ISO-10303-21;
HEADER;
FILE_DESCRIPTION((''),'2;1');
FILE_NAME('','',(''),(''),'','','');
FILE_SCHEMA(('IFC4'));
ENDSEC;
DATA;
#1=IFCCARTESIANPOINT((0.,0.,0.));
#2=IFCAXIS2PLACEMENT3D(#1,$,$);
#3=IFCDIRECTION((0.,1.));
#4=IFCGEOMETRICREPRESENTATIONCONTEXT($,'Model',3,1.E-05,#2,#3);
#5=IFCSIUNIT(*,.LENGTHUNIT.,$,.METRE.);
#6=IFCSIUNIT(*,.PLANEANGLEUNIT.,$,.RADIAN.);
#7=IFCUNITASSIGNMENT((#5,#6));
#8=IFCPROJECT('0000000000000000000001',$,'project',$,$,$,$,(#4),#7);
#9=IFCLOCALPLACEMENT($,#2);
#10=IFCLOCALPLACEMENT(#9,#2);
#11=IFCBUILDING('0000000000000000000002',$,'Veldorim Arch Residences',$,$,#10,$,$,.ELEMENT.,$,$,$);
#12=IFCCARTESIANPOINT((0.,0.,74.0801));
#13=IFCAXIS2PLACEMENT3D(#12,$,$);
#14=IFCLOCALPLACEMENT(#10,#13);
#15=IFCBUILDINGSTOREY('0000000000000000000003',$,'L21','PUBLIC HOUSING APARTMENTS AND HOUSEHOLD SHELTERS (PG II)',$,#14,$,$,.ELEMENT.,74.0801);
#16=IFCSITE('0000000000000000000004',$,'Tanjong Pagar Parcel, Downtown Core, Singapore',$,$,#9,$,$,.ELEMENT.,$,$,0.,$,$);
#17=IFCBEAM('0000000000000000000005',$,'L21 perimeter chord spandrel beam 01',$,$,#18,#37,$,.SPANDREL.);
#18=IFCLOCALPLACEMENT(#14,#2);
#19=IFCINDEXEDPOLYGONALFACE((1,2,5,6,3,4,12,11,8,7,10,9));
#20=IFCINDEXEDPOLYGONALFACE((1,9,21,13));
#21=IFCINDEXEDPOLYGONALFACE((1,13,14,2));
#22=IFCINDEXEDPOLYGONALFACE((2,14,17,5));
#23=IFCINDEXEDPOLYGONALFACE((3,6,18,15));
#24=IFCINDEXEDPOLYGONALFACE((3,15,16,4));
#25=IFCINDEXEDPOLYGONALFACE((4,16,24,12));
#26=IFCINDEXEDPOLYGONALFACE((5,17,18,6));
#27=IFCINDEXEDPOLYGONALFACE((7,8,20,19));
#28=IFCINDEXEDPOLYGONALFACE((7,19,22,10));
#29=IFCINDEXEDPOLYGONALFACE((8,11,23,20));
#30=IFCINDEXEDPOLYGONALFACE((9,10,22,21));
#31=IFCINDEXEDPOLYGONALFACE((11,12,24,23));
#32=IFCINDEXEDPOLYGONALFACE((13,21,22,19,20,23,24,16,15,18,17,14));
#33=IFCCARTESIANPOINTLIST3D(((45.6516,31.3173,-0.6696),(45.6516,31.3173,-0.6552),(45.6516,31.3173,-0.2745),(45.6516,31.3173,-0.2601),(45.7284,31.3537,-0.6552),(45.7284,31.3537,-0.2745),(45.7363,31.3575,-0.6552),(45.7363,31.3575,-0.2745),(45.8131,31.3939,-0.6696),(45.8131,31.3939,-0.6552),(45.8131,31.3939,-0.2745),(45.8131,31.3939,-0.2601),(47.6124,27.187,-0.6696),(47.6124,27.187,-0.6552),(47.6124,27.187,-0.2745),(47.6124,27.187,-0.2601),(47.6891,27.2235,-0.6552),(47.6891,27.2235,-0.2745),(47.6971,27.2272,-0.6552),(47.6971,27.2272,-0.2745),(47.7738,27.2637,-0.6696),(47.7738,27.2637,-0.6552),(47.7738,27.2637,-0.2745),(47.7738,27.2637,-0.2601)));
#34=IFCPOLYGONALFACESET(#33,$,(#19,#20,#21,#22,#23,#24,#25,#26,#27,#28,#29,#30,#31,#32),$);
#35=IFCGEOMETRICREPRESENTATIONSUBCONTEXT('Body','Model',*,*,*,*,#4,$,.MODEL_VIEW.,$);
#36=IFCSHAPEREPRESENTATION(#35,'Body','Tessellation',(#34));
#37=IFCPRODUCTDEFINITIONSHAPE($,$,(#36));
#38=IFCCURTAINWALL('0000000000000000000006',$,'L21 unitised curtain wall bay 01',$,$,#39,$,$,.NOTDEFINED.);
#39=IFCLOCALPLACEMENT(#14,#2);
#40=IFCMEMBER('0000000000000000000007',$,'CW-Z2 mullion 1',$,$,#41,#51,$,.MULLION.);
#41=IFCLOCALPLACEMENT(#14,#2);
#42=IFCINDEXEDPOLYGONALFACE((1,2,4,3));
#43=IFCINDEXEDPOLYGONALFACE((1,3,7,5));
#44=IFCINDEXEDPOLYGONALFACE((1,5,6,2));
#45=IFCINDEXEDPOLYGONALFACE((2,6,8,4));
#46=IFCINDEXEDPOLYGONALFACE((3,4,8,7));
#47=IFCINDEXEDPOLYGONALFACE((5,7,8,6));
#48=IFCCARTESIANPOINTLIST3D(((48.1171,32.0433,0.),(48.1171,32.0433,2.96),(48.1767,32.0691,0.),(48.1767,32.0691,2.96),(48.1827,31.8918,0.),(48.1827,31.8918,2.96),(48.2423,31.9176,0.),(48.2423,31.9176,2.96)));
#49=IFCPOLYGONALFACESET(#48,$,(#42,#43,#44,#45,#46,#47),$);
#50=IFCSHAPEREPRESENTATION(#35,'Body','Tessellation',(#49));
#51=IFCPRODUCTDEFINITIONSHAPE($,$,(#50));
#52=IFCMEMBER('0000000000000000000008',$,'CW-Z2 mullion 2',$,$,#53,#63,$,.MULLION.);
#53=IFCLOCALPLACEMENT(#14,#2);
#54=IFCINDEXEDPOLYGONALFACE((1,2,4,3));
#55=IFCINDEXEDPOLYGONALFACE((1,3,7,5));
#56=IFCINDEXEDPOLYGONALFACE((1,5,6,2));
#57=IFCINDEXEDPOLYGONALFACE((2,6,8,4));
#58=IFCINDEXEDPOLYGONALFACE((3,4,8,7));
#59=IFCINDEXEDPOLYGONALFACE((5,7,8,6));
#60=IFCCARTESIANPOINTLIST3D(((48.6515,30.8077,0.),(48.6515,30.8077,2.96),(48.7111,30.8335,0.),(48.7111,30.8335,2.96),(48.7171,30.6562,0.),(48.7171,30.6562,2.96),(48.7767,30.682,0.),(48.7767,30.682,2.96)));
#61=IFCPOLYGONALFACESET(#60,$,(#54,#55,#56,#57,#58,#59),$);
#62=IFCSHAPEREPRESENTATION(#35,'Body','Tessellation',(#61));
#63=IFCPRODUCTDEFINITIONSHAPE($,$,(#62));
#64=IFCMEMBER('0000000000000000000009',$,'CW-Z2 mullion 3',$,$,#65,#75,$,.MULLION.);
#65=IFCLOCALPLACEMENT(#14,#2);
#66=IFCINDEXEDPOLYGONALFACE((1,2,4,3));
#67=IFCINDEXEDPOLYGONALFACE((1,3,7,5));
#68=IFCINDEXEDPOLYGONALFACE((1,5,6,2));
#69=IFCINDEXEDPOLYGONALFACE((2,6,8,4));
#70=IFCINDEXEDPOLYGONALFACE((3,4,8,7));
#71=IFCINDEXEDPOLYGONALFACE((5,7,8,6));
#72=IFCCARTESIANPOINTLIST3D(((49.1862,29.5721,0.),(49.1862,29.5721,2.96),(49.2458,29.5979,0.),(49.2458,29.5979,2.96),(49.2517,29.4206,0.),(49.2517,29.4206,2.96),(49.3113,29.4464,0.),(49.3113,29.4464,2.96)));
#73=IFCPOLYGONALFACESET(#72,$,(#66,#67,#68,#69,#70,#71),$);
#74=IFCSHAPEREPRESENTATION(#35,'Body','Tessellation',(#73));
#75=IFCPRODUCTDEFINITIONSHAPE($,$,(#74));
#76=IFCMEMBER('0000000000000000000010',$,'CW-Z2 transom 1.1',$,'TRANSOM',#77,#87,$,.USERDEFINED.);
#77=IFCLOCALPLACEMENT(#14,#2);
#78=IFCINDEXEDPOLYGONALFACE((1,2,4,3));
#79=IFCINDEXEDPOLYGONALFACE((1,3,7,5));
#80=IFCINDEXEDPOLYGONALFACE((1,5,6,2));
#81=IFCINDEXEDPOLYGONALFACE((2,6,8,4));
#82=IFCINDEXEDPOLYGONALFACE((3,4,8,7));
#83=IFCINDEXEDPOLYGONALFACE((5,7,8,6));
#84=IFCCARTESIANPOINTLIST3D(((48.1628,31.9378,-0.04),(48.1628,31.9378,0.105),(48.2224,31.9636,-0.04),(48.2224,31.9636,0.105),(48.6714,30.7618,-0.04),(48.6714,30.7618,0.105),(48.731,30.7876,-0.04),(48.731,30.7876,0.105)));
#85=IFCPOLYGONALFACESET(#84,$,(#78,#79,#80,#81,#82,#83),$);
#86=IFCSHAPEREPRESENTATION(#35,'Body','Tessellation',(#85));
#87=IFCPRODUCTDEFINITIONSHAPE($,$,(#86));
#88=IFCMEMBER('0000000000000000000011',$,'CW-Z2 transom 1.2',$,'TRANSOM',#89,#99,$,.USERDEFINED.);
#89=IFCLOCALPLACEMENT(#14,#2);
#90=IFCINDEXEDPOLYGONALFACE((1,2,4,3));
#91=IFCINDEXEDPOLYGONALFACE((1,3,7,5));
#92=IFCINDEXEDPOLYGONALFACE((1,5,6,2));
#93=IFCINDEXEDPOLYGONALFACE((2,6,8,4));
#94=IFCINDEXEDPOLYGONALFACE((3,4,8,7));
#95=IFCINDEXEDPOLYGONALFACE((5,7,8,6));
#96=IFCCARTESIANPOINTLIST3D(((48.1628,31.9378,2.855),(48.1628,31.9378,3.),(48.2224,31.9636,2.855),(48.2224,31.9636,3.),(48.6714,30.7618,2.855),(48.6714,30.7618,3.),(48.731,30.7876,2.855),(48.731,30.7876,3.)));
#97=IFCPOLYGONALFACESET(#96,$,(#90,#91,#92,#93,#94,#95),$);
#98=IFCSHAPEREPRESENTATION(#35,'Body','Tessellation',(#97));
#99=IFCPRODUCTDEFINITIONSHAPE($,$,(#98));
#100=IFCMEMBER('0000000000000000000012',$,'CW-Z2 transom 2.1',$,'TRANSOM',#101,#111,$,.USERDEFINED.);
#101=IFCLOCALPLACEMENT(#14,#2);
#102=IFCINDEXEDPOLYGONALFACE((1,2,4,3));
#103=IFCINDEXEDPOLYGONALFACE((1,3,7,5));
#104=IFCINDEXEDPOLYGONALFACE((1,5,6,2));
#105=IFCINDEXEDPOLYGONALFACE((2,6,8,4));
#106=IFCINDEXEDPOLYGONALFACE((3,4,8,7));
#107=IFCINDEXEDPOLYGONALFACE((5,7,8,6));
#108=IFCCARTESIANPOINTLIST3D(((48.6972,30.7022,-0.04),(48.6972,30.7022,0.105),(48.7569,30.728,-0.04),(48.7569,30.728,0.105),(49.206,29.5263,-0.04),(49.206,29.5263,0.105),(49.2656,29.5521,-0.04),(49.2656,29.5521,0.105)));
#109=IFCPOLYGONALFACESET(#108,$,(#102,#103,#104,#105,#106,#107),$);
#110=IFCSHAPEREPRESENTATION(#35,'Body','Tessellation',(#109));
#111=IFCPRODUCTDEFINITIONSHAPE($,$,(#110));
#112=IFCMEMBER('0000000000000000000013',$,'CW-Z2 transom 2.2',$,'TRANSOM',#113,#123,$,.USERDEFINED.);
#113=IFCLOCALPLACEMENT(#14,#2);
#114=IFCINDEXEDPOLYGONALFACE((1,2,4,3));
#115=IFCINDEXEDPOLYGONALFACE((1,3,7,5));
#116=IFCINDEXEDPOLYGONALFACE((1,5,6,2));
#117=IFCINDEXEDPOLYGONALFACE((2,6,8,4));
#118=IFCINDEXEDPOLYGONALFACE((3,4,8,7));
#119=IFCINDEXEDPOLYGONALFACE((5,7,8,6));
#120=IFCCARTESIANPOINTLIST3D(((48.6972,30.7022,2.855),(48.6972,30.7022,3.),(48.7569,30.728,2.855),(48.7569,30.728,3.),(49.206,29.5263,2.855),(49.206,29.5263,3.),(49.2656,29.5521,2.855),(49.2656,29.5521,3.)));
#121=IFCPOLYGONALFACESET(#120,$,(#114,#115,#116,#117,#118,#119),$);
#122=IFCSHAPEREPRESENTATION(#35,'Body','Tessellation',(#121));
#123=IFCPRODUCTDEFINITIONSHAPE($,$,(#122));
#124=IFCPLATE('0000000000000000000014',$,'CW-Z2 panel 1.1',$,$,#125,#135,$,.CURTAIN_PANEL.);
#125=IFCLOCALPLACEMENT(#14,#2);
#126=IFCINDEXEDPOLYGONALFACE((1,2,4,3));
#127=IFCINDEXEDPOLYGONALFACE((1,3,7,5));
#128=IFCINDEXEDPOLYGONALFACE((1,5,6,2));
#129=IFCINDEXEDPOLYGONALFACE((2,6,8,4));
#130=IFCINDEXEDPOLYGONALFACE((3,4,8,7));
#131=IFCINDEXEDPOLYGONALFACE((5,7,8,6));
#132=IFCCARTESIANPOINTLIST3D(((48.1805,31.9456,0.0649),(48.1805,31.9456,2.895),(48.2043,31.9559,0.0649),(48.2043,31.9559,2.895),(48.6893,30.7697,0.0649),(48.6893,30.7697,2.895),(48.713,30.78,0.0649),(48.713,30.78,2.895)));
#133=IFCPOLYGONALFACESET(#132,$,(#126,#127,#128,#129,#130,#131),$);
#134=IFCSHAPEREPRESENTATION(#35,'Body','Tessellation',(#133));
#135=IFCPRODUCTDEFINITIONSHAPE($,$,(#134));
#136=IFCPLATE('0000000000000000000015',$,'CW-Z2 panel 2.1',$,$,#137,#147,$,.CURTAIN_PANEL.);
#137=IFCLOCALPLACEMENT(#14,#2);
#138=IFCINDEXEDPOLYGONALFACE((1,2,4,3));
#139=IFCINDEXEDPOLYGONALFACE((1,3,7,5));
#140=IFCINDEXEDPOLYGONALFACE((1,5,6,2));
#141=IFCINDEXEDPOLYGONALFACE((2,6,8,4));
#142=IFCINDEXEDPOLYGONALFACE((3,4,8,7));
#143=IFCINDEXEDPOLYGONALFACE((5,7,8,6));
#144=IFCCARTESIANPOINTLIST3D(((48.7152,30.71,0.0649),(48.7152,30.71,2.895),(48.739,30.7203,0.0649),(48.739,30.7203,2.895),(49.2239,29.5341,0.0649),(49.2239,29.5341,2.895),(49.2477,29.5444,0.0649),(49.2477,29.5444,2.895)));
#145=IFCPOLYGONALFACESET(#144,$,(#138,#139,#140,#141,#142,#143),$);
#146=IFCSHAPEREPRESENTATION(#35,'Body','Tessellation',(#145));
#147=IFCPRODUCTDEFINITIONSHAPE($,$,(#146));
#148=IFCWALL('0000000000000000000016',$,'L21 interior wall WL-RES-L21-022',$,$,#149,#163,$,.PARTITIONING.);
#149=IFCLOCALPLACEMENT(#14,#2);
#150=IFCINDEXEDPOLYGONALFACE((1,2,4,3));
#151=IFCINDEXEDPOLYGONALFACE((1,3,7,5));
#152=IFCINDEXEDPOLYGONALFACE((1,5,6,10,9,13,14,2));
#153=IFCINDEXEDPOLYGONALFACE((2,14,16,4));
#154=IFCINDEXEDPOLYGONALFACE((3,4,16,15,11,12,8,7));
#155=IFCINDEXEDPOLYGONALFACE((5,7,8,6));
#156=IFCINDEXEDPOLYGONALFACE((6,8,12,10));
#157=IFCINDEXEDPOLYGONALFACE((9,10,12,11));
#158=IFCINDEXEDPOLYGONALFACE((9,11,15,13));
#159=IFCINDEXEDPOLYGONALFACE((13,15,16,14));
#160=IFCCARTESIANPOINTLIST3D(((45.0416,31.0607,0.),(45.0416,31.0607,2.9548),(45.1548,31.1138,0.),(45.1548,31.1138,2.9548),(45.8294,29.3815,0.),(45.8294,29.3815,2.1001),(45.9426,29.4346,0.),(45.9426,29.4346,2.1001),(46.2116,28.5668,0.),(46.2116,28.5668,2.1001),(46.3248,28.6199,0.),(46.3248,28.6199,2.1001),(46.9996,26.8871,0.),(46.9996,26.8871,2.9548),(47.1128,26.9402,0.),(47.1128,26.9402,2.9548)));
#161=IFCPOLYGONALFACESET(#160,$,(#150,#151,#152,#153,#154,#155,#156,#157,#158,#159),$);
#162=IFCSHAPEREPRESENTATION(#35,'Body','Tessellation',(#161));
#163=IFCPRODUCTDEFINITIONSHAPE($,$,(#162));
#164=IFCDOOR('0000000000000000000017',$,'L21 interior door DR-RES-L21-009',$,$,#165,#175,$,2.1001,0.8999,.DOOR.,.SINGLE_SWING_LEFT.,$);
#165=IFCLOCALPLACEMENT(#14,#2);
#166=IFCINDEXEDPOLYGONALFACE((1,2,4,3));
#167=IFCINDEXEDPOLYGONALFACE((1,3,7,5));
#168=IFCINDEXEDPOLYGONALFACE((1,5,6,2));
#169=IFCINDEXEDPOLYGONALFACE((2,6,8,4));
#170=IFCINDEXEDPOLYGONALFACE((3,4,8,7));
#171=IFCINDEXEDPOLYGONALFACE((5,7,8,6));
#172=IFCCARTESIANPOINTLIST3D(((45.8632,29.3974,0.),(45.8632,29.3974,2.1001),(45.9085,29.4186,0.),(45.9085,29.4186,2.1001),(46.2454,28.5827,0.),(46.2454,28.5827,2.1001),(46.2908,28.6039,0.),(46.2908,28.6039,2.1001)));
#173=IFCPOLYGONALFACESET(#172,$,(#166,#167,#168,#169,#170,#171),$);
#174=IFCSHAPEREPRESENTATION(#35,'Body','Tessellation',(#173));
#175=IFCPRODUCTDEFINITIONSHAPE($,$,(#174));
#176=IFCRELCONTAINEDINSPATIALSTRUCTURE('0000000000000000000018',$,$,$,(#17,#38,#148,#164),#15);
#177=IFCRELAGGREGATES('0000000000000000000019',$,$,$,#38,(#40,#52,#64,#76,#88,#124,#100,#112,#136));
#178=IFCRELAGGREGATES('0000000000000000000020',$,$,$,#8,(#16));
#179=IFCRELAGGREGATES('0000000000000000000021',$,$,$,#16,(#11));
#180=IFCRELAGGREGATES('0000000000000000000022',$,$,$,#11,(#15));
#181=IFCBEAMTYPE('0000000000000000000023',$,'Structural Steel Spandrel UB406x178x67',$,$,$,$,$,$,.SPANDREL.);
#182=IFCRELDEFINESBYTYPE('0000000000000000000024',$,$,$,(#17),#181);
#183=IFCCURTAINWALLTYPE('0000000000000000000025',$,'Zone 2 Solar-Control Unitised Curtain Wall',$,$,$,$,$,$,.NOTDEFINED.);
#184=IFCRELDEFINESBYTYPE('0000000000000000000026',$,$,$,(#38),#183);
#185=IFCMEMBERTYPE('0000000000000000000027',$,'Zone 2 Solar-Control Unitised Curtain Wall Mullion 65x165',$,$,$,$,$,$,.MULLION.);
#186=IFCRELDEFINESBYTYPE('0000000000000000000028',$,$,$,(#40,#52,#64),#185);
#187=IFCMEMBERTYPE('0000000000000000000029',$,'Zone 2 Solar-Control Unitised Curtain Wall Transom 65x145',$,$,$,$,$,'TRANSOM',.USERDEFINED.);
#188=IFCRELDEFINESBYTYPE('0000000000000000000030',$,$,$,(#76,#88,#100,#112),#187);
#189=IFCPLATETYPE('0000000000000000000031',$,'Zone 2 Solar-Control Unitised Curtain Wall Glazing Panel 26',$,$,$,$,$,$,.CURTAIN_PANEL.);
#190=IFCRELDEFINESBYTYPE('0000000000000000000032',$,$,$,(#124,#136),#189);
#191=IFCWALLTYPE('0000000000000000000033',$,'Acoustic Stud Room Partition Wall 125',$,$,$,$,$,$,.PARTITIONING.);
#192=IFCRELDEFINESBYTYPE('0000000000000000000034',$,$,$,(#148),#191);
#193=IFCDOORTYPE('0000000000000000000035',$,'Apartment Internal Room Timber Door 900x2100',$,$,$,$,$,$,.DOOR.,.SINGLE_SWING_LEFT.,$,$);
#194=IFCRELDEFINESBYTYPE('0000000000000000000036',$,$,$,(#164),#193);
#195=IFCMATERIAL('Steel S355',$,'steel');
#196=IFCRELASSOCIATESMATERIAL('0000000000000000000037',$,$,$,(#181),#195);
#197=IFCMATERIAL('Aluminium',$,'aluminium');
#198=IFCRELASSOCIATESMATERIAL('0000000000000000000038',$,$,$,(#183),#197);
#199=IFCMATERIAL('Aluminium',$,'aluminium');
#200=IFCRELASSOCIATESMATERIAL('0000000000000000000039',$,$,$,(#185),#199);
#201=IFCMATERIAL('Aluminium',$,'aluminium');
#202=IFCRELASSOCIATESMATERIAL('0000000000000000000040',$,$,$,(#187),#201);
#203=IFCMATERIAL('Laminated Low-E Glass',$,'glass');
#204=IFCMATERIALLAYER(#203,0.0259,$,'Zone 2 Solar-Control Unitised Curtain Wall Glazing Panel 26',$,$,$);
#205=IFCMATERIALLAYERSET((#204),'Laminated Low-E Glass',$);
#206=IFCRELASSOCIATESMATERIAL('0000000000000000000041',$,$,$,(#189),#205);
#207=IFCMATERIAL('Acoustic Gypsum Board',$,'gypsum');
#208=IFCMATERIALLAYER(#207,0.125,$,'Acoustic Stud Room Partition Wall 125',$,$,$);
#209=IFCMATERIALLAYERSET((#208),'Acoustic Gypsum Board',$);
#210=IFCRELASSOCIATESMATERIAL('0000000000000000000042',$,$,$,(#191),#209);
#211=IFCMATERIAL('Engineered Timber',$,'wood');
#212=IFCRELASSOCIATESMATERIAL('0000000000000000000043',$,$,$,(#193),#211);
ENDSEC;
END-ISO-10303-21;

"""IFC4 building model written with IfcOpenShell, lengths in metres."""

from ifc_helpers import new_model, si_unit, direction, frame, frame_2d, origin, origin_2d, place, context, subcontext, project, spatial, rectangle, i_section, extrude, material, layer, layer_set, material_profile, profile_set, type_object, element, fill, aggregate, save


model = new_model("IFC4")

# Units and contexts
model_context = context("Model", 3, precision=1e-05, world=origin(), true_north=direction((0.0, 1.0)))
body_context = subcontext(model_context, "Body", "Model", "MODEL_VIEW")
ifc_project = project(units=[si_unit("LENGTHUNIT", "METRE"), si_unit("PLANEANGLEUNIT", "RADIAN")], contexts=[model_context])

# Site, building, storey
site_placement = place(None, origin())
site = spatial("IfcSite", under=ifc_project, at=site_placement, Name="Tanjong Pagar Parcel, Downtown Core, Singapore", CompositionType="ELEMENT", RefElevation=0.0)
building_placement = place(site_placement, origin())
building = spatial("IfcBuilding", under=site, at=building_placement, Name="Veldorim Arch Residences", CompositionType="ELEMENT")
storey_placement = place(building_placement, frame((0.0, 0.0, 74.0801)))
storey = spatial("IfcBuildingStorey", under=building, at=storey_placement, Name="L21", Description="PUBLIC HOUSING APARTMENTS AND HOUSEHOLD SHELTERS (PG II)", CompositionType="ELEMENT", Elevation=74.0801)

# Beam
ifc_material_1 = material(Name="Steel S355", Category="steel")
ifc_material_profile_1 = material_profile(ifc_material_1, i_section(OverallWidth=0.1787, OverallDepth=0.4094, WebThickness=0.0088, FlangeThickness=0.0144, at=origin_2d()), Name="UB406x178x67")
ifc_profile_set_1 = profile_set([ifc_material_profile_1], Name="Steel S355")
beam_type_1 = type_object("IfcBeamType", Name="Structural Steel Spandrel UB406x178x67", PredefinedType="SPANDREL", material=ifc_profile_set_1)
beam_1_placement = place(storey_placement, frame((47.6931, 27.2253, -0.4648), z_axis=(-0.428857, 0.903372, 0.0), x_axis=(-0.903372, -0.428857, 0.0)))
element("IfcBeam", 1, at=beam_1_placement, inside=storey, type_object=beam_type_1, Name="L21 perimeter chord spandrel beam 01", PredefinedType="SPANDREL", context=body_context, shape_type="SweptSolid", body=[
    extrude(i_section(OverallWidth=0.1787, OverallDepth=0.4094, WebThickness=0.0088, FlangeThickness=0.0144, at=origin_2d()), origin(), (0.0, 0.0, 1.0), 4.572),
])

# Curtain wall, members, plates
ifc_material_2 = material(Name="Aluminium", Category="aluminium")
curtain_wall_type = type_object("IfcCurtainWallType", Name="Zone 2 Solar-Control Unitised Curtain Wall", PredefinedType="NOTDEFINED", material=ifc_material_2)
curtain_wall_placement = place(storey_placement, origin())
curtain_wall = element("IfcCurtainWall", 2, at=curtain_wall_placement, inside=storey, type_object=curtain_wall_type, Name="L21 unitised curtain wall bay 01", PredefinedType="NOTDEFINED")
ifc_material_3 = material(Name="Aluminium", Category="aluminium")
ifc_material_profile_2 = material_profile(ifc_material_3, rectangle(XDim=0.0649, YDim=0.165, at=origin_2d()), Name="ALU_MUL_65x165")
ifc_profile_set_2 = profile_set([ifc_material_profile_2], Name="Aluminium")
member_type_1 = type_object("IfcMemberType", Name="Zone 2 Solar-Control Unitised Curtain Wall Mullion 65x165", PredefinedType="MULLION", material=ifc_profile_set_2)
member_1_placement = place(storey_placement, frame((48.1797, 31.9805, 0.0), z_axis=(0.0, 0.0, 1.0), x_axis=(0.917797, 0.397051, 0.0)))
member_1 = element("IfcMember", 3, at=member_1_placement, type_object=member_type_1, Name="CW-Z2 mullion 1", PredefinedType="MULLION", context=body_context, shape_type="SweptSolid", body=[
    extrude(rectangle(XDim=0.0649, YDim=0.165, at=origin_2d()), origin(), (0.0, 0.0, 1.0), 2.96),
])
member_2_placement = place(storey_placement, frame((48.7141, 30.7449, 0.0), z_axis=(0.0, 0.0, 1.0), x_axis=(0.917797, 0.397051, 0.0)))
member_2 = element("IfcMember", 4, at=member_2_placement, type_object=member_type_1, Name="CW-Z2 mullion 2", PredefinedType="MULLION", context=body_context, shape_type="SweptSolid", body=[
    extrude(rectangle(XDim=0.0649, YDim=0.165, at=origin_2d()), origin(), (0.0, 0.0, 1.0), 2.96),
])
member_3_placement = place(storey_placement, frame((49.2488, 29.5093, 0.0), z_axis=(0.0, 0.0, 1.0), x_axis=(0.917797, 0.397051, 0.0)))
member_3 = element("IfcMember", 5, at=member_3_placement, type_object=member_type_1, Name="CW-Z2 mullion 3", PredefinedType="MULLION", context=body_context, shape_type="SweptSolid", body=[
    extrude(rectangle(XDim=0.0649, YDim=0.165, at=origin_2d()), origin(), (0.0, 0.0, 1.0), 2.96),
])
ifc_material_4 = material(Name="Aluminium", Category="aluminium")
ifc_material_profile_3 = material_profile(ifc_material_4, rectangle(XDim=0.0649, YDim=0.145, at=origin_2d()), Name="ALU_TRN_65x145")
ifc_profile_set_3 = profile_set([ifc_material_profile_3], Name="Aluminium")
member_type_2 = type_object("IfcMemberType", Name="Zone 2 Solar-Control Unitised Curtain Wall Transom 65x145", ElementType="TRANSOM", PredefinedType="USERDEFINED", material=ifc_profile_set_3)
member_4_placement = place(storey_placement, frame((48.1926, 31.9507, 0.0325), z_axis=(0.396907, -0.917859, 0.0), x_axis=(0.917859, 0.396907, 0.0)))
member_4 = element("IfcMember", 6, at=member_4_placement, type_object=member_type_2, Name="CW-Z2 transom 1.1", ObjectType="TRANSOM", PredefinedType="USERDEFINED", context=body_context, shape_type="SweptSolid", body=[
    extrude(rectangle(XDim=0.0649, YDim=0.145, at=origin_2d()), origin(), (0.0, 0.0, 1.0), 1.2812),
])
member_5_placement = place(storey_placement, frame((48.1926, 31.9507, 2.9275), z_axis=(0.396907, -0.917859, 0.0), x_axis=(0.917859, 0.396907, 0.0)))
member_5 = element("IfcMember", 7, at=member_5_placement, type_object=member_type_2, Name="CW-Z2 transom 1.2", ObjectType="TRANSOM", PredefinedType="USERDEFINED", context=body_context, shape_type="SweptSolid", body=[
    extrude(rectangle(XDim=0.0649, YDim=0.145, at=origin_2d()), origin(), (0.0, 0.0, 1.0), 1.2812),
])
member_6_placement = place(storey_placement, frame((48.7271, 30.7151, 0.0325), z_axis=(0.397067, -0.917789, 0.0), x_axis=(0.917789, 0.397067, 0.0)))
member_6 = element("IfcMember", 8, at=member_6_placement, type_object=member_type_2, Name="CW-Z2 transom 2.1", ObjectType="TRANSOM", PredefinedType="USERDEFINED", context=body_context, shape_type="SweptSolid", body=[
    extrude(rectangle(XDim=0.0649, YDim=0.145, at=origin_2d()), origin(), (0.0, 0.0, 1.0), 1.2812),
])
member_7_placement = place(storey_placement, frame((48.7271, 30.7151, 2.9275), z_axis=(0.397067, -0.917789, 0.0), x_axis=(0.917789, 0.397067, 0.0)))
member_7 = element("IfcMember", 9, at=member_7_placement, type_object=member_type_2, Name="CW-Z2 transom 2.2", ObjectType="TRANSOM", PredefinedType="USERDEFINED", context=body_context, shape_type="SweptSolid", body=[
    extrude(rectangle(XDim=0.0649, YDim=0.145, at=origin_2d()), origin(), (0.0, 0.0, 1.0), 1.2812),
])
ifc_material_5 = material(Name="Laminated Low-E Glass", Category="glass")
ifc_layer_1 = layer(ifc_material_5, 0.0259, Name="Zone 2 Solar-Control Unitised Curtain Wall Glazing Panel 26")
ifc_layer_set_1 = layer_set([ifc_layer_1], Name="Laminated Low-E Glass")
plate_type = type_object("IfcPlateType", Name="Zone 2 Solar-Control Unitised Curtain Wall Glazing Panel 26", PredefinedType="CURTAIN_PANEL", material=ifc_layer_set_1)
plate_1_placement = place(storey_placement, frame((48.4468, 31.3628, 0.0649), z_axis=(0.0, 0.0, 1.0), x_axis=(0.397051, -0.917797, 0.0)))
plate_1 = element("IfcPlate", 10, at=plate_1_placement, type_object=plate_type, Name="CW-Z2 panel 1.1", PredefinedType="CURTAIN_PANEL", context=body_context, shape_type="SweptSolid", body=[
    extrude(rectangle(XDim=1.2812, YDim=0.0259, at=origin_2d()), origin(), (0.0, 0.0, 1.0), 2.8301),
])
plate_2_placement = place(storey_placement, frame((48.9814, 30.1272, 0.0649), z_axis=(0.0, 0.0, 1.0), x_axis=(0.397051, -0.917797, 0.0)))
plate_2 = element("IfcPlate", 11, at=plate_2_placement, type_object=plate_type, Name="CW-Z2 panel 2.1", PredefinedType="CURTAIN_PANEL", context=body_context, shape_type="SweptSolid", body=[
    extrude(rectangle(XDim=1.2812, YDim=0.0259, at=origin_2d()), origin(), (0.0, 0.0, 1.0), 2.8301),
])
aggregate(curtain_wall, [member_1, member_2, member_3, member_4, member_5, plate_1, member_6, member_7, plate_2])

# Wall, opening, door
ifc_material_6 = material(Name="Acoustic Gypsum Board", Category="gypsum")
ifc_layer_2 = layer(ifc_material_6, 0.125, Name="Acoustic Stud Room Partition Wall 125")
ifc_layer_set_2 = layer_set([ifc_layer_2], Name="Acoustic Gypsum Board")
wall_type_1 = type_object("IfcWallType", Name="Acoustic Stud Room Partition Wall 125", PredefinedType="PARTITIONING", material=ifc_layer_set_2)
wall_1_placement = place(storey_placement, frame((45.0981, 31.0874, 0.0), z_axis=(0.0, 0.0, 1.0), x_axis=(0.424726, -0.905322, 0.0)))
wall_1 = element("IfcWall", 12, at=wall_1_placement, inside=storey, type_object=wall_type_1, Name="L21 interior wall WL-RES-L21-022", PredefinedType="PARTITIONING", context=body_context, shape_type="SweptSolid", body=[
    extrude(rectangle(XDim=4.6101, YDim=0.125, at=frame_2d((2.3052, 0.0))), origin(), (0.0, 0.0, 1.0), 2.9548),
])
opening_1_placement = place(wall_1_placement, frame((1.855, 0.0, 0.0)))
opening_1 = element("IfcOpeningElement", 13, at=opening_1_placement, cuts=wall_1, PredefinedType="OPENING", context=body_context, shape_type="SweptSolid", body=[
    extrude(rectangle(XDim=0.8999, YDim=2.1001, at=frame_2d((0.45, 1.05))), frame((0.0, 0.0725, 0.0), z_axis=(0.0, -1.0, 0.0), x_axis=(1.0, 0.0, 0.0)), (0.0, 0.0, 1.0), 0.145),
])
ifc_material_7 = material(Name="Engineered Timber", Category="wood")
door_type = type_object("IfcDoorType", Name="Apartment Internal Room Timber Door 900x2100", OperationType="SINGLE_SWING_LEFT", PredefinedType="DOOR", material=ifc_material_7)
door_placement = place(opening_1_placement, origin())
door = element("IfcDoor", 14, at=door_placement, inside=storey, type_object=door_type, Name="L21 interior door DR-RES-L21-009", OperationType="SINGLE_SWING_LEFT", OverallHeight=2.1001, OverallWidth=0.8999, PredefinedType="DOOR", context=body_context, shape_type="SweptSolid", body=[
    extrude(rectangle(XDim=0.8999, YDim=2.1001, at=frame_2d((0.45, 1.05))), frame((0.0, 0.0249, 0.0), z_axis=(0.0, -1.0, 0.0), x_axis=(1.0, 0.0, 0.0)), (0.0, 0.0, 1.0), 0.05),
])
fill(opening_1, door)

save(model, "model.ifc")
